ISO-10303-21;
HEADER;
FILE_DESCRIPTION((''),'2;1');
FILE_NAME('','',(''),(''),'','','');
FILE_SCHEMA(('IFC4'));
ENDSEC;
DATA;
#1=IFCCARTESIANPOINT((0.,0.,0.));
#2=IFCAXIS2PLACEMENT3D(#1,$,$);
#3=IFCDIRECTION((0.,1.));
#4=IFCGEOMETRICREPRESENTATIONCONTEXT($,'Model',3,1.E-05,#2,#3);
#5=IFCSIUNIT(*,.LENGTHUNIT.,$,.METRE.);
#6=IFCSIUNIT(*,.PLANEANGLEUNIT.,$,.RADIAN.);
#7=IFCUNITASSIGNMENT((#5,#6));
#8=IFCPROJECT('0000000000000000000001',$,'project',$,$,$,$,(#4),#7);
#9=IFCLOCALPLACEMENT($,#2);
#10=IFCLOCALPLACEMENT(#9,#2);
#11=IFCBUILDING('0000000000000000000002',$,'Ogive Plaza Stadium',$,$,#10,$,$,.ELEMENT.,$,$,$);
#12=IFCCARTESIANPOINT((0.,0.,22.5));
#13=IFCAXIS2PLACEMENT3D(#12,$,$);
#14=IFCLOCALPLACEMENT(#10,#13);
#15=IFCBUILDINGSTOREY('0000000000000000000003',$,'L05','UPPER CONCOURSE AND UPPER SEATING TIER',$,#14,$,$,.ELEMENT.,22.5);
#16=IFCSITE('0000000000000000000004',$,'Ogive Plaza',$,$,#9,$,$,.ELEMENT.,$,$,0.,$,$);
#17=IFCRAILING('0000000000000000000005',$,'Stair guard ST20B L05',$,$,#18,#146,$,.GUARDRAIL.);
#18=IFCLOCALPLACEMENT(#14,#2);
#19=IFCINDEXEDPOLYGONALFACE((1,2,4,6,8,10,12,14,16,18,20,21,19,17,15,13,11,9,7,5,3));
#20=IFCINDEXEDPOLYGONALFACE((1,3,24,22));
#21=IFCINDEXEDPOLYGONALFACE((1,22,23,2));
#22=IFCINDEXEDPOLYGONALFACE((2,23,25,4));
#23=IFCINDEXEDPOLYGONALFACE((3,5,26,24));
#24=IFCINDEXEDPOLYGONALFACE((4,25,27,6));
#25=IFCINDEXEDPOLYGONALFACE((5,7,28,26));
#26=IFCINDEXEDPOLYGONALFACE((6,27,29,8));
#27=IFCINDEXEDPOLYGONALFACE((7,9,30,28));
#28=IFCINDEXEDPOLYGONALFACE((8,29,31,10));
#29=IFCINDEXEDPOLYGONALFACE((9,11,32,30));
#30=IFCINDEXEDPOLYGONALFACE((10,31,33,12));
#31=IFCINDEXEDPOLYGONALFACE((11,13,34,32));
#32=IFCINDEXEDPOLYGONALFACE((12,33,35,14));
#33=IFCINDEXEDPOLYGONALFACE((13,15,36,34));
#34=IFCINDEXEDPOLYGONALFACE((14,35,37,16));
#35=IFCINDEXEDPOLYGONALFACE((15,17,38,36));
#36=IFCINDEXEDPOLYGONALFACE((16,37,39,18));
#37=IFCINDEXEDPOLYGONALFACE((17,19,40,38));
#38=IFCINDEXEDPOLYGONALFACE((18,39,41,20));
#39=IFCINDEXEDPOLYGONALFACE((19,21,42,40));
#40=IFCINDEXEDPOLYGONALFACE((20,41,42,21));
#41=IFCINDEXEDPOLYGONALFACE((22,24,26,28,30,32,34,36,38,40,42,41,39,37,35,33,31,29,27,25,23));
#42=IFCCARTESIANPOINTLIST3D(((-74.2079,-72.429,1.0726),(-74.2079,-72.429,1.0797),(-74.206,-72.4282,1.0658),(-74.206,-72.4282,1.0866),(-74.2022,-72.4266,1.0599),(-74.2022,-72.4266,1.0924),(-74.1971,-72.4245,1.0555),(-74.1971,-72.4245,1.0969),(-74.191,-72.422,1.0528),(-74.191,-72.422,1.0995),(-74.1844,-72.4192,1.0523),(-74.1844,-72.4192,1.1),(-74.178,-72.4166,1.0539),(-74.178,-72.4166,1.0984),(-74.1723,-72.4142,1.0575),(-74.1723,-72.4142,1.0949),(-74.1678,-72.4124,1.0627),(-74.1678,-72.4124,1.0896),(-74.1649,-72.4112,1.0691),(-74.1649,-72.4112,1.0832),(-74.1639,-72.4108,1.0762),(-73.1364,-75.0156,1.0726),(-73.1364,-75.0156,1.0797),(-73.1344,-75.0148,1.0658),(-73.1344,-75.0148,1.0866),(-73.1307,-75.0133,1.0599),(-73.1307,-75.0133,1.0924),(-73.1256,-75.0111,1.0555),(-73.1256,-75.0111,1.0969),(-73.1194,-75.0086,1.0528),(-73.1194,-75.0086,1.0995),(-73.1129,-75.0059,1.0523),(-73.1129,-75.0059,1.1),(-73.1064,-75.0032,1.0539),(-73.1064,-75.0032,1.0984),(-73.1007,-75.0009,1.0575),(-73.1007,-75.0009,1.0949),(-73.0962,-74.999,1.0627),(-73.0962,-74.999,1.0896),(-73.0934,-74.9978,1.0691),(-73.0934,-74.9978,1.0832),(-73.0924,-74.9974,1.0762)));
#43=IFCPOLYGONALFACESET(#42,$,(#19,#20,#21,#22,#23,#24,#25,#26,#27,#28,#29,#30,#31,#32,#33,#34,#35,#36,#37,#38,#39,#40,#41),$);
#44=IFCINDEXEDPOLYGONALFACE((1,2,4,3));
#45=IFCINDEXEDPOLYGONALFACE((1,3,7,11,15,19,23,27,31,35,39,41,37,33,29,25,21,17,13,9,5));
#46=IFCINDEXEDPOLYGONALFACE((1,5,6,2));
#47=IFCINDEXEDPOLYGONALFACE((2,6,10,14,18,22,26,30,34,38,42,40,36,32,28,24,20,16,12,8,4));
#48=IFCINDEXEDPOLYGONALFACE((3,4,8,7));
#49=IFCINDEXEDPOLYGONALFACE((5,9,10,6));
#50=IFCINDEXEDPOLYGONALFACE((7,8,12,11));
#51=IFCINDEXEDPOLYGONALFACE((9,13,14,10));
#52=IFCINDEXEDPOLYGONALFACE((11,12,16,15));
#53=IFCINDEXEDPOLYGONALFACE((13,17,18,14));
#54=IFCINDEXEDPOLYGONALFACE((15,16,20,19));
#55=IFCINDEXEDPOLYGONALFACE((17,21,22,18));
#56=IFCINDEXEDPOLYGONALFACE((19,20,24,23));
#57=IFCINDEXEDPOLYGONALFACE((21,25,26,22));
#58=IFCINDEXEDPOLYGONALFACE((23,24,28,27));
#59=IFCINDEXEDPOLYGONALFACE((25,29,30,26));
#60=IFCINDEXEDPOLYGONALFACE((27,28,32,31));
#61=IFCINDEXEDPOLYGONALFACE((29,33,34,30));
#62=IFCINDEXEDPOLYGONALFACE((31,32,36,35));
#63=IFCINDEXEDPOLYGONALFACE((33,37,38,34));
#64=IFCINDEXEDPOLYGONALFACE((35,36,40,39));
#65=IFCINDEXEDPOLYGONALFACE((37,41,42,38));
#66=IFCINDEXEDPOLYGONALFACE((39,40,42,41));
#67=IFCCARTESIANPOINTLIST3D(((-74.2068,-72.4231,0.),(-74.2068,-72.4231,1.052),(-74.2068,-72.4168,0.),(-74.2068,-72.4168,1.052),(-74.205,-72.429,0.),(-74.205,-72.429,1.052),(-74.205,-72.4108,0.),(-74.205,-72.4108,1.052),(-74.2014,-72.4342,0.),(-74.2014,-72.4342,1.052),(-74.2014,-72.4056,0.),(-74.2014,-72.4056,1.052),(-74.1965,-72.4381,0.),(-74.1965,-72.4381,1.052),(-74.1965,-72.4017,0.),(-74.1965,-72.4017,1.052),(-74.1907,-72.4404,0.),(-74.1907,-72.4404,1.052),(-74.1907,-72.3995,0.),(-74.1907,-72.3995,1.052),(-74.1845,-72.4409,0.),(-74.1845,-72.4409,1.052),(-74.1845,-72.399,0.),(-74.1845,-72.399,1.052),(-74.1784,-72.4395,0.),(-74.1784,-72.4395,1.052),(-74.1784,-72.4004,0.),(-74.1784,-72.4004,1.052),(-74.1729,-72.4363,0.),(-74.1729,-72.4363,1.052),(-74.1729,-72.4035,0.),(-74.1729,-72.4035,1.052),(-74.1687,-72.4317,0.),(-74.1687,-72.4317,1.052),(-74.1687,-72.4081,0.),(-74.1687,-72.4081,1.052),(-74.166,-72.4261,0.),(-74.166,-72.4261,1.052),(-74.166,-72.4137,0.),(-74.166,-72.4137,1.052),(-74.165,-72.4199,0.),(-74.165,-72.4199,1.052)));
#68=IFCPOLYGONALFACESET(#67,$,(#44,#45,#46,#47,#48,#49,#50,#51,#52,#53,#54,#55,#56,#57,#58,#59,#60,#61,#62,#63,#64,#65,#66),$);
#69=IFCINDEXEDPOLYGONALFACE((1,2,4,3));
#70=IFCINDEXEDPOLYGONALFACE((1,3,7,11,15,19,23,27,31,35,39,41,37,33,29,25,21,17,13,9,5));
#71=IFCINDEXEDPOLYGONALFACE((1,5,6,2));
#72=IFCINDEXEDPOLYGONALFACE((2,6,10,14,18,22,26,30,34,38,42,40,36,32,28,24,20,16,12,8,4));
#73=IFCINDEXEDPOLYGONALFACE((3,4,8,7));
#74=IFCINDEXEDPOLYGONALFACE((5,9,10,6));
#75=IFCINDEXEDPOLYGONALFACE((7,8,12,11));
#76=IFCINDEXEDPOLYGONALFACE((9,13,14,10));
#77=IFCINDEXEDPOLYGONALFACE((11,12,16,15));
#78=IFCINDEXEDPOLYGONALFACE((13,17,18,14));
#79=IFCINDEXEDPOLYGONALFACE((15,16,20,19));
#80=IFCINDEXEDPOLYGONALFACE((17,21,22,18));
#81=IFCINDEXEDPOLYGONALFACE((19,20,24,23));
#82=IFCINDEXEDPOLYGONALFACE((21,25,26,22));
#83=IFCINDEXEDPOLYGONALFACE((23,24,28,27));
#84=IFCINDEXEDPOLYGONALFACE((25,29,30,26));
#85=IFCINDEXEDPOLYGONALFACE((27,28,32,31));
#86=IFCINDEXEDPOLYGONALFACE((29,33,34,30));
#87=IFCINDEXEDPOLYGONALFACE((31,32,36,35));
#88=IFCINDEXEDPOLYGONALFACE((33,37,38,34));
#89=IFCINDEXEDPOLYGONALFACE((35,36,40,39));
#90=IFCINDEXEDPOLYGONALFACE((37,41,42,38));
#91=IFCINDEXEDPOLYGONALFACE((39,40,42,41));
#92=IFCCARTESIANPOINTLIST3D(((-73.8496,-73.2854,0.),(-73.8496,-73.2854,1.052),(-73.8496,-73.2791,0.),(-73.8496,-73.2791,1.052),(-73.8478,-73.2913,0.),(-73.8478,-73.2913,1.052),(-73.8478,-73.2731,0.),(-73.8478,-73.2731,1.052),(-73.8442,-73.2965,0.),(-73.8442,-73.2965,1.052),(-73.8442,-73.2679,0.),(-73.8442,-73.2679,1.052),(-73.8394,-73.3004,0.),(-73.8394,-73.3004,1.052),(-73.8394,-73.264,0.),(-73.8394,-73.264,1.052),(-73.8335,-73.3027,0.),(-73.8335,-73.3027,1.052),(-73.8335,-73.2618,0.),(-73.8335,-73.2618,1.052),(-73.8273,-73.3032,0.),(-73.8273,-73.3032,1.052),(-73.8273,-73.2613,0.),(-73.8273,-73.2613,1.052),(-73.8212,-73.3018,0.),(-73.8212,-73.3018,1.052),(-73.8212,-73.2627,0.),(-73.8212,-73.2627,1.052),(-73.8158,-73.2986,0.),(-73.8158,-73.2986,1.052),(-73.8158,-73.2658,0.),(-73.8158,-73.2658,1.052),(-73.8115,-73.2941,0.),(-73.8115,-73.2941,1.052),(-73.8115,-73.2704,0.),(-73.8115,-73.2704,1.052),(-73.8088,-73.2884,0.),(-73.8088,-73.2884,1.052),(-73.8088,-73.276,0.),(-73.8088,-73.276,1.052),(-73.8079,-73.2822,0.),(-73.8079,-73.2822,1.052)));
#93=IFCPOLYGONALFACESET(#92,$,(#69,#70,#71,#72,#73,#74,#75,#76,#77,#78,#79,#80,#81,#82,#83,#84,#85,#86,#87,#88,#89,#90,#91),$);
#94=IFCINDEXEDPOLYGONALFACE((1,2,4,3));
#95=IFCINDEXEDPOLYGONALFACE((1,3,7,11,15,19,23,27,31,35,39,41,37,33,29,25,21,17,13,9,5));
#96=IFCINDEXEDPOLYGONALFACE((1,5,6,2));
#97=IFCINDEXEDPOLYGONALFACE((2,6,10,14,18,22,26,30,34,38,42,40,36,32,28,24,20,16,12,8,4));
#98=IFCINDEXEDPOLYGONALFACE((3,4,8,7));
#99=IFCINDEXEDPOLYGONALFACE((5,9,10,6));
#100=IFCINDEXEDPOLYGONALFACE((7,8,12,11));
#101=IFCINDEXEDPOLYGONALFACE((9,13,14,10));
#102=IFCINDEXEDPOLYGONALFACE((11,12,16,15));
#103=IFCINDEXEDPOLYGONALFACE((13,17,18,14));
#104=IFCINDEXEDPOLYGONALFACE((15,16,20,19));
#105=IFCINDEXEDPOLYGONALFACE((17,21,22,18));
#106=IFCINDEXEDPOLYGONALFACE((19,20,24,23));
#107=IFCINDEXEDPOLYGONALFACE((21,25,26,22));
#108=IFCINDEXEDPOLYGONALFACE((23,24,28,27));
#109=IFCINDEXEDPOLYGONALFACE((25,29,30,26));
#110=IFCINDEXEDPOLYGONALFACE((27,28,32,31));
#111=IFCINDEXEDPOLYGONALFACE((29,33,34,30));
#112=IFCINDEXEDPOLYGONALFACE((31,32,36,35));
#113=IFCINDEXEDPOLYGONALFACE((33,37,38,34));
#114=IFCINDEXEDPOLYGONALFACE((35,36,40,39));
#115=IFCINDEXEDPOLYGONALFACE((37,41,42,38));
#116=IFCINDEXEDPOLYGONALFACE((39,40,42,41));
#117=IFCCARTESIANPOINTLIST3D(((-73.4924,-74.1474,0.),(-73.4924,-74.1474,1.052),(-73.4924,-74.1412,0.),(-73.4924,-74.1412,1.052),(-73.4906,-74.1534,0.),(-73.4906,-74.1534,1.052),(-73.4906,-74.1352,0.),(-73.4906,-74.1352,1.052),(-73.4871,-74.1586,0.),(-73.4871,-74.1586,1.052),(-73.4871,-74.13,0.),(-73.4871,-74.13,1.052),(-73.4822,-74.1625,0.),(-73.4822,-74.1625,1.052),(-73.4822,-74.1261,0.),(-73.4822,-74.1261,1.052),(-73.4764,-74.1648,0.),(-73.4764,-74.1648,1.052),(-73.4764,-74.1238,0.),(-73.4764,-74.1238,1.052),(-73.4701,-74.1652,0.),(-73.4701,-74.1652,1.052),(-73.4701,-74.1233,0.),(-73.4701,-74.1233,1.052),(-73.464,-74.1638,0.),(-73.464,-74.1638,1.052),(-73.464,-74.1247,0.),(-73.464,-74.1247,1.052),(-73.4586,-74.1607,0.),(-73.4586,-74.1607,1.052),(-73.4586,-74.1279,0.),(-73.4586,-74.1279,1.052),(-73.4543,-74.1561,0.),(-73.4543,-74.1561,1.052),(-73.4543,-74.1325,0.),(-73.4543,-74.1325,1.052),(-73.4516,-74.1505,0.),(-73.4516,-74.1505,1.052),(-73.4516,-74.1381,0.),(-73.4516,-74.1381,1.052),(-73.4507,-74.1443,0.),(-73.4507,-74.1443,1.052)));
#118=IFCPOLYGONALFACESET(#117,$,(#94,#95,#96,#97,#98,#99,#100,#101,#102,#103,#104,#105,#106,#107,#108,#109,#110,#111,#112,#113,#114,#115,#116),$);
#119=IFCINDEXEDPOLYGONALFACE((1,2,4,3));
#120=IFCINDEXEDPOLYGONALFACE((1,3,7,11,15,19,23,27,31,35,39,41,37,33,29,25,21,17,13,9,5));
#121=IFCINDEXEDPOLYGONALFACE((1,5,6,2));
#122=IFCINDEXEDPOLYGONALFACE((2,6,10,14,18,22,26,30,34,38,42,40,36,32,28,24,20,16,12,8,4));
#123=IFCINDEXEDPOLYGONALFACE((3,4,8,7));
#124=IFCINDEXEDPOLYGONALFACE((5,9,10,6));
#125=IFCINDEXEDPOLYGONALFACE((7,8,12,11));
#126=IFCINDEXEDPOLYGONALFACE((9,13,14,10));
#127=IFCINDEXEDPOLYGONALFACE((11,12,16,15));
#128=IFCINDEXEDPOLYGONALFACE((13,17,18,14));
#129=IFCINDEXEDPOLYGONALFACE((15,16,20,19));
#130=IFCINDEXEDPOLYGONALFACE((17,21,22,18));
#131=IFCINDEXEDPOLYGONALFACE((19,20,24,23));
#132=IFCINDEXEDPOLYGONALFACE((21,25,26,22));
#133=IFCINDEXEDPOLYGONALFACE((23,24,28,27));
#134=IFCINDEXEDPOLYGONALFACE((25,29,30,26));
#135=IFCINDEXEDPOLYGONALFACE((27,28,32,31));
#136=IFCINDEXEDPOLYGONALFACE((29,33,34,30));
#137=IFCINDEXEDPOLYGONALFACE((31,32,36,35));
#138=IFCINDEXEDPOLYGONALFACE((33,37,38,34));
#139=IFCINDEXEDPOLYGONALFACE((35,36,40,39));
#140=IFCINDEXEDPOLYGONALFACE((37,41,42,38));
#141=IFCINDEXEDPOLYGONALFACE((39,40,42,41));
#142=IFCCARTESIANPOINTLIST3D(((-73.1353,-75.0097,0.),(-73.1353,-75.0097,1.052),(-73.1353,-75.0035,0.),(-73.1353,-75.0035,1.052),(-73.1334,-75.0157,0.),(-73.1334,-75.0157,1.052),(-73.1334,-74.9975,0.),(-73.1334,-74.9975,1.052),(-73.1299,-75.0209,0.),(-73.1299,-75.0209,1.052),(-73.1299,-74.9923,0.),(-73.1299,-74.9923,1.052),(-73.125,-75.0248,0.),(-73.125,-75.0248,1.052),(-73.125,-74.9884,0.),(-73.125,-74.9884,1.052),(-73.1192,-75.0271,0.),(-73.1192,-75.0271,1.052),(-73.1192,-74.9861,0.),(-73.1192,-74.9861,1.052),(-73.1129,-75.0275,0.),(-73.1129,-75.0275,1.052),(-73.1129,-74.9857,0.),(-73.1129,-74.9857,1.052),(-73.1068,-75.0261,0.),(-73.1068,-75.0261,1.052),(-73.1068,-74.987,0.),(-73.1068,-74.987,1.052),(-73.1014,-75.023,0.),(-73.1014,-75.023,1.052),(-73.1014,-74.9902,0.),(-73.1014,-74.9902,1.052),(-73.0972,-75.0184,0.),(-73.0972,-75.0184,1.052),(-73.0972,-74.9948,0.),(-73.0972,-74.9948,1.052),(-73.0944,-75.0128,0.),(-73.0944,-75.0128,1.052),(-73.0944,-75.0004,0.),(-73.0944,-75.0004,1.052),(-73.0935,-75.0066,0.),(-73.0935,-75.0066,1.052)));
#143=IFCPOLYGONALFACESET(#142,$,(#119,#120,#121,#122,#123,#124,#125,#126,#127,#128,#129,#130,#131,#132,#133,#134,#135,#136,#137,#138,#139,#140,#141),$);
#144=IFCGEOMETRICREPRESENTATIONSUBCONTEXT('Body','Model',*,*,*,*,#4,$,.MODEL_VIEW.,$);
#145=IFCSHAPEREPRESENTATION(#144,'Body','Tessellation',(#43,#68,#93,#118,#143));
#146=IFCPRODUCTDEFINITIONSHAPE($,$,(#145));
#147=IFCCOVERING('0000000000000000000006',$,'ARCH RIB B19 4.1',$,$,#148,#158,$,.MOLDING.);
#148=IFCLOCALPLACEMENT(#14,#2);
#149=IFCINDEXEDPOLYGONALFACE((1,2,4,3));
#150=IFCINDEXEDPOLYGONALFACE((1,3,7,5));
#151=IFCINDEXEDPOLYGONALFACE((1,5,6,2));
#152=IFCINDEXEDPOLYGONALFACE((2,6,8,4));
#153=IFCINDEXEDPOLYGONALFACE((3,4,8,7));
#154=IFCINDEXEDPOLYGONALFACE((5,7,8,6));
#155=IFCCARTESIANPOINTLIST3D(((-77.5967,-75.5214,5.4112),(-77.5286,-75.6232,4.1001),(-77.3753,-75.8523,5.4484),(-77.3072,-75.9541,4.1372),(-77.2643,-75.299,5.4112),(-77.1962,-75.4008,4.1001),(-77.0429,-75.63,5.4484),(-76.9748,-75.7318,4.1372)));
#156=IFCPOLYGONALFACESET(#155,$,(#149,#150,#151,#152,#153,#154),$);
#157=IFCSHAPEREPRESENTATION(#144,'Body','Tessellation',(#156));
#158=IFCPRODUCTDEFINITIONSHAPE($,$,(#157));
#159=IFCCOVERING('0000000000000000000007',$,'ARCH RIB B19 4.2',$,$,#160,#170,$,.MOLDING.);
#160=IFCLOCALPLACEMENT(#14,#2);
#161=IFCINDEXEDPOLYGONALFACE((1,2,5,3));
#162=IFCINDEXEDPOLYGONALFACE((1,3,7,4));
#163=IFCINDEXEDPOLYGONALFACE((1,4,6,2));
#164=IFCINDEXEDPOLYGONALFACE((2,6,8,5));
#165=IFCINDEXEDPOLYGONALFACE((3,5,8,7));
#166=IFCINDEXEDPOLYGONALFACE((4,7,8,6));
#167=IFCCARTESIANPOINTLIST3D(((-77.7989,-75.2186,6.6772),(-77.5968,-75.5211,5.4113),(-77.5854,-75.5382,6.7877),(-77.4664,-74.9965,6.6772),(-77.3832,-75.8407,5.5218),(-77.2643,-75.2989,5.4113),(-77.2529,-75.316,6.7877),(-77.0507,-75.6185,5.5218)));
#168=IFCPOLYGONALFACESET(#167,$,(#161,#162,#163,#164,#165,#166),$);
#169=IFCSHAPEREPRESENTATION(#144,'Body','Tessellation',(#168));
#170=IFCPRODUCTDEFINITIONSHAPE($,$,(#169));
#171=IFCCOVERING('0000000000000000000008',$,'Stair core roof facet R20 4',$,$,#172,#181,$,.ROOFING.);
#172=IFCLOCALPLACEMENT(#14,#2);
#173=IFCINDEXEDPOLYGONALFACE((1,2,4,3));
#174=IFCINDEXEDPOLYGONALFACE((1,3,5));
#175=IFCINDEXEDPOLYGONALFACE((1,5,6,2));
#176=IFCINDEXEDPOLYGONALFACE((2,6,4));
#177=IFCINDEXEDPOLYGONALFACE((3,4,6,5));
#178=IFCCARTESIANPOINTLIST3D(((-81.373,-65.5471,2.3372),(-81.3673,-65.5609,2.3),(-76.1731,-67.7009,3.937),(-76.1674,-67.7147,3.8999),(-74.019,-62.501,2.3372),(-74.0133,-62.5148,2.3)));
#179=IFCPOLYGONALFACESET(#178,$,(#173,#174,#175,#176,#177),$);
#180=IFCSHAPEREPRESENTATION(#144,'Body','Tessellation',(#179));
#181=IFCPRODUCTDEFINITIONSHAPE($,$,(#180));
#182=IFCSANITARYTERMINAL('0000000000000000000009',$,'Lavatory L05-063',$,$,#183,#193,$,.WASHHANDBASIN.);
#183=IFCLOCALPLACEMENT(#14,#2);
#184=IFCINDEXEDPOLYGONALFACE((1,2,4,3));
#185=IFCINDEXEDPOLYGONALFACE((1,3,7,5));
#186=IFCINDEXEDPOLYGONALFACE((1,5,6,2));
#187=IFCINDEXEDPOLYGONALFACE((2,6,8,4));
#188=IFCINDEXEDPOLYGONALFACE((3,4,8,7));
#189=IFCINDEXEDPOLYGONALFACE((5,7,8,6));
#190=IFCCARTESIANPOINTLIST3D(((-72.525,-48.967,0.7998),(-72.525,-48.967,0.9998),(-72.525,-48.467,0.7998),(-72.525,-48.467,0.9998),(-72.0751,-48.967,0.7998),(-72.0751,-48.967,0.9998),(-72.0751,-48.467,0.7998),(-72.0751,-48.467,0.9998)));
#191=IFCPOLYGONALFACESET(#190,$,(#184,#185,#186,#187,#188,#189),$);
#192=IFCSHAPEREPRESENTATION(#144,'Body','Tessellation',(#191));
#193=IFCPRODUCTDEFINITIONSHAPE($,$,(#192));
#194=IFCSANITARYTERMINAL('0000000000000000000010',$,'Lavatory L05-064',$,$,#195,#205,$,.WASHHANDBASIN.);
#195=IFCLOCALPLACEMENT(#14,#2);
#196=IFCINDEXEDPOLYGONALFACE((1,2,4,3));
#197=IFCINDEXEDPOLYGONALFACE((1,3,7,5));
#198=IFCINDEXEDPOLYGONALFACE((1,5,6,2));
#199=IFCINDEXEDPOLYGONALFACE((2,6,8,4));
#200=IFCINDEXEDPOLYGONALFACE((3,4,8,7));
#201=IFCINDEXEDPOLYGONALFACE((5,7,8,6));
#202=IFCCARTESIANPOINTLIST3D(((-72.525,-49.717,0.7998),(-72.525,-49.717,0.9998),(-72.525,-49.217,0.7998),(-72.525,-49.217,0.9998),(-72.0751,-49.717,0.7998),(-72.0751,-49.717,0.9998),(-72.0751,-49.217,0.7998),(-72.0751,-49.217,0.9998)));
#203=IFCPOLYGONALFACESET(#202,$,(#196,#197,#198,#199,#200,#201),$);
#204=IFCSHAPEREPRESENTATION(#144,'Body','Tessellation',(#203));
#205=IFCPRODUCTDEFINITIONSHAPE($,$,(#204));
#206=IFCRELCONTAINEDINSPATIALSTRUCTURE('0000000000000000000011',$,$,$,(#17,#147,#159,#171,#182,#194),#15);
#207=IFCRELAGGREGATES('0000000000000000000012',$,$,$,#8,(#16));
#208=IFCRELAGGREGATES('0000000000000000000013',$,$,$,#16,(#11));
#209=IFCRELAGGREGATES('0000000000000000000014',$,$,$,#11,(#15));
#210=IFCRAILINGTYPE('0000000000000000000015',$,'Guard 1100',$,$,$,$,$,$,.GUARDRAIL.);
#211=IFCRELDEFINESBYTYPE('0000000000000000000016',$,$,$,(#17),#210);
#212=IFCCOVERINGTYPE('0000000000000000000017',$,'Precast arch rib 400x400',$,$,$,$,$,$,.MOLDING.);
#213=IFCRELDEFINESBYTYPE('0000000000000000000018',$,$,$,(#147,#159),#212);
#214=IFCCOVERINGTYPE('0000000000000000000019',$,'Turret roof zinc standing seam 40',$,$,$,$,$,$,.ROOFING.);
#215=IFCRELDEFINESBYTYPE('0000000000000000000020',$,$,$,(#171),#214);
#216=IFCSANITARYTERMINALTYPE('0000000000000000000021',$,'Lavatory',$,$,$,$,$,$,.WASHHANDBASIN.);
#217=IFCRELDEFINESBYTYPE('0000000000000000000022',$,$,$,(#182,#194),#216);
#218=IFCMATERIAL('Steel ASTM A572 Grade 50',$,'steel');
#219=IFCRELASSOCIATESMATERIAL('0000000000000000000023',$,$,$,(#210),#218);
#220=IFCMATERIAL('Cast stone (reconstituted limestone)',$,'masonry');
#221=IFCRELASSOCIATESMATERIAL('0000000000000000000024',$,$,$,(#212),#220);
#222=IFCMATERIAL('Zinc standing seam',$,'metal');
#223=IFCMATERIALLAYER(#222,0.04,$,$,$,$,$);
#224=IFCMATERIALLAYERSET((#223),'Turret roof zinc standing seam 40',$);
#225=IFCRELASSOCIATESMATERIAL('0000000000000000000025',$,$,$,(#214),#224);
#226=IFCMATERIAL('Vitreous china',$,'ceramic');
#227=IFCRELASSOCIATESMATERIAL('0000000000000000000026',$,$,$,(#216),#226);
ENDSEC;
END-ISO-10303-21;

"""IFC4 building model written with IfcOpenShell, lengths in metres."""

from ifc_helpers import new_model, si_unit, direction, frame, origin, origin_2d, place, context, subcontext, project, spatial, polyline, rectangle, circle, outline, extrude, material, layer, layer_set, material_profile, profile_set, type_object, element, save


model = new_model("IFC4")

# Units and contexts
model_context = context("Model", 3, precision=1e-05, world=origin(), true_north=direction((0.0, 1.0)))
body_context = subcontext(model_context, "Body", "Model", "MODEL_VIEW")
ifc_project = project(units=[si_unit("LENGTHUNIT", "METRE"), si_unit("PLANEANGLEUNIT", "RADIAN")], contexts=[model_context])

# Site, building, storey
site_placement = place(None, origin())
site = spatial("IfcSite", under=ifc_project, at=site_placement, Name="Ogive Plaza", CompositionType="ELEMENT", RefElevation=0.0)
building_placement = place(site_placement, origin())
building = spatial("IfcBuilding", under=site, at=building_placement, Name="Ogive Plaza Stadium", CompositionType="ELEMENT")
storey_placement = place(building_placement, frame((0.0, 0.0, 22.5)))
storey = spatial("IfcBuildingStorey", under=building, at=storey_placement, Name="L05", Description="UPPER CONCOURSE AND UPPER SEATING TIER", CompositionType="ELEMENT", Elevation=22.5)

# Railing
ifc_material_1 = material(Name="Steel ASTM A572 Grade 50", Category="steel")
railing_type = type_object("IfcRailingType", Name="Guard 1100", PredefinedType="GUARDRAIL", material=ifc_material_1)
railing_1_placement = place(storey_placement, frame((-74.186, -72.4199, 0.0)))
element("IfcRailing", 1, at=railing_1_placement, inside=storey, type_object=railing_type, Name="Stair guard ST20B L05", PredefinedType="GUARDRAIL", context=body_context, shape_type="SweptSolid", body=[
    extrude(circle(Radius=0.0239, at=origin_2d()), frame((0.0, 0.0, 1.0762), z_axis=(0.382714, -0.923867, 0.0), x_axis=(0.923867, 0.382714, 0.0)), (0.0, 0.0, 1.0), 2.7998),
    extrude(circle(Radius=0.021, at=origin_2d()), origin(), (0.0, 0.0, 1.0), 1.052),
    extrude(circle(Radius=0.021, at=origin_2d()), frame((0.3572, -0.8623, 0.0)), (0.0, 0.0, 1.0), 1.052),
    extrude(circle(Radius=0.021, at=origin_2d()), frame((0.7144, -1.7244, 0.0)), (0.0, 0.0, 1.0), 1.052),
    extrude(circle(Radius=0.021, at=origin_2d()), frame((1.0715, -2.5867, 0.0)), (0.0, 0.0, 1.0), 1.052),
])

# Coverings
ifc_material_2 = material(Name="Cast stone (reconstituted limestone)", Category="masonry")
ifc_material_profile_1 = material_profile(ifc_material_2, rectangle(XDim=0.3999, YDim=0.3999, at=origin_2d()), Name="Cast stone 400x400")
ifc_profile_set_1 = profile_set([ifc_material_profile_1], Name="Cast stone (reconstituted limestone)")
covering_type_1 = type_object("IfcCoveringType", Name="Precast arch rib 400x400", PredefinedType="MOLDING", material=ifc_profile_set_1)
covering_1_placement = place(storey_placement, frame((-77.2517, -75.6775, 4.1187), z_axis=(-0.05172, 0.077303, 0.995665), x_axis=(-0.831129, -0.556079, 0.0)))
element("IfcCovering", 2, at=covering_1_placement, inside=storey, type_object=covering_type_1, Name="ARCH RIB B19 4.1", PredefinedType="MOLDING", context=body_context, shape_type="SweptSolid", body=[
    extrude(rectangle(XDim=0.3999, YDim=0.3999, at=origin_2d()), origin(), (0.0, 0.0, 1.0), 1.3169),
])
covering_2_placement = place(storey_placement, frame((-77.3237, -75.5698, 5.4666), z_axis=(-0.153478, 0.229661, 0.961093), x_axis=(-0.83143, -0.555629, 0.0)))
element("IfcCovering", 3, at=covering_2_placement, inside=storey, type_object=covering_type_1, Name="ARCH RIB B19 4.2", PredefinedType="MOLDING", context=body_context, shape_type="SweptSolid", body=[
    extrude(rectangle(XDim=0.3999, YDim=0.3999, at=origin_2d()), origin(), (0.0, 0.0, 1.0), 1.3171),
])
ifc_material_3 = material(Name="Zinc standing seam", Category="metal")
ifc_layer_1 = layer(ifc_material_3, 0.04)
ifc_layer_set_1 = layer_set([ifc_layer_1], Name="Turret roof zinc standing seam 40")
covering_type_2 = type_object("IfcCoveringType", Name="Turret roof zinc standing seam 40", PredefinedType="ROOFING", material=ifc_layer_set_1)
covering_3_placement = place(storey_placement, frame((-74.019, -62.501, 2.3372), z_axis=(-0.142736, 0.344592, 0.927838), x_axis=(-0.923879, -0.382685, 0.0)))
element("IfcCovering", 4, at=covering_3_placement, inside=storey, type_object=covering_type_2, Name="Stair core roof facet R20 4", PredefinedType="ROOFING", context=body_context, shape_type="SweptSolid", body=[
    extrude(outline(polyline([(0.0, 0.0), (7.9599, 0.0), (3.98, 4.2893), (0.0, 0.0)])), origin(), (0.0, 0.0, -1.0), 0.04),
])

# Sanitary terminals
ifc_material_4 = material(Name="Vitreous china", Category="ceramic")
sanitary_terminal_type_1 = type_object("IfcSanitaryTerminalType", Name="Lavatory", PredefinedType="WASHHANDBASIN", material=ifc_material_4)
for number, where, z_axis, x_axis, name in (
    (5, (-72.3, -48.717, 0.7998), (0.0, 0.0, 1.0), (0.0, 1.0, 0.0), "Lavatory L05-063"),
    (6, (-72.3, -49.467, 0.7998), (0.0, 0.0, 1.0), (0.0, -1.0, 0.0), "Lavatory L05-064"),
):
    element("IfcSanitaryTerminal", number, at=place(storey_placement, frame(where, z_axis=z_axis, x_axis=x_axis)), inside=storey, type_object=sanitary_terminal_type_1, Name=name, PredefinedType="WASHHANDBASIN", context=body_context, shape_type="SweptSolid", body=[
        extrude(rectangle(XDim=0.5, YDim=0.45, at=origin_2d()), origin(), (0.0, 0.0, 1.0), 0.2),
    ])

save(model, "model.ifc")
